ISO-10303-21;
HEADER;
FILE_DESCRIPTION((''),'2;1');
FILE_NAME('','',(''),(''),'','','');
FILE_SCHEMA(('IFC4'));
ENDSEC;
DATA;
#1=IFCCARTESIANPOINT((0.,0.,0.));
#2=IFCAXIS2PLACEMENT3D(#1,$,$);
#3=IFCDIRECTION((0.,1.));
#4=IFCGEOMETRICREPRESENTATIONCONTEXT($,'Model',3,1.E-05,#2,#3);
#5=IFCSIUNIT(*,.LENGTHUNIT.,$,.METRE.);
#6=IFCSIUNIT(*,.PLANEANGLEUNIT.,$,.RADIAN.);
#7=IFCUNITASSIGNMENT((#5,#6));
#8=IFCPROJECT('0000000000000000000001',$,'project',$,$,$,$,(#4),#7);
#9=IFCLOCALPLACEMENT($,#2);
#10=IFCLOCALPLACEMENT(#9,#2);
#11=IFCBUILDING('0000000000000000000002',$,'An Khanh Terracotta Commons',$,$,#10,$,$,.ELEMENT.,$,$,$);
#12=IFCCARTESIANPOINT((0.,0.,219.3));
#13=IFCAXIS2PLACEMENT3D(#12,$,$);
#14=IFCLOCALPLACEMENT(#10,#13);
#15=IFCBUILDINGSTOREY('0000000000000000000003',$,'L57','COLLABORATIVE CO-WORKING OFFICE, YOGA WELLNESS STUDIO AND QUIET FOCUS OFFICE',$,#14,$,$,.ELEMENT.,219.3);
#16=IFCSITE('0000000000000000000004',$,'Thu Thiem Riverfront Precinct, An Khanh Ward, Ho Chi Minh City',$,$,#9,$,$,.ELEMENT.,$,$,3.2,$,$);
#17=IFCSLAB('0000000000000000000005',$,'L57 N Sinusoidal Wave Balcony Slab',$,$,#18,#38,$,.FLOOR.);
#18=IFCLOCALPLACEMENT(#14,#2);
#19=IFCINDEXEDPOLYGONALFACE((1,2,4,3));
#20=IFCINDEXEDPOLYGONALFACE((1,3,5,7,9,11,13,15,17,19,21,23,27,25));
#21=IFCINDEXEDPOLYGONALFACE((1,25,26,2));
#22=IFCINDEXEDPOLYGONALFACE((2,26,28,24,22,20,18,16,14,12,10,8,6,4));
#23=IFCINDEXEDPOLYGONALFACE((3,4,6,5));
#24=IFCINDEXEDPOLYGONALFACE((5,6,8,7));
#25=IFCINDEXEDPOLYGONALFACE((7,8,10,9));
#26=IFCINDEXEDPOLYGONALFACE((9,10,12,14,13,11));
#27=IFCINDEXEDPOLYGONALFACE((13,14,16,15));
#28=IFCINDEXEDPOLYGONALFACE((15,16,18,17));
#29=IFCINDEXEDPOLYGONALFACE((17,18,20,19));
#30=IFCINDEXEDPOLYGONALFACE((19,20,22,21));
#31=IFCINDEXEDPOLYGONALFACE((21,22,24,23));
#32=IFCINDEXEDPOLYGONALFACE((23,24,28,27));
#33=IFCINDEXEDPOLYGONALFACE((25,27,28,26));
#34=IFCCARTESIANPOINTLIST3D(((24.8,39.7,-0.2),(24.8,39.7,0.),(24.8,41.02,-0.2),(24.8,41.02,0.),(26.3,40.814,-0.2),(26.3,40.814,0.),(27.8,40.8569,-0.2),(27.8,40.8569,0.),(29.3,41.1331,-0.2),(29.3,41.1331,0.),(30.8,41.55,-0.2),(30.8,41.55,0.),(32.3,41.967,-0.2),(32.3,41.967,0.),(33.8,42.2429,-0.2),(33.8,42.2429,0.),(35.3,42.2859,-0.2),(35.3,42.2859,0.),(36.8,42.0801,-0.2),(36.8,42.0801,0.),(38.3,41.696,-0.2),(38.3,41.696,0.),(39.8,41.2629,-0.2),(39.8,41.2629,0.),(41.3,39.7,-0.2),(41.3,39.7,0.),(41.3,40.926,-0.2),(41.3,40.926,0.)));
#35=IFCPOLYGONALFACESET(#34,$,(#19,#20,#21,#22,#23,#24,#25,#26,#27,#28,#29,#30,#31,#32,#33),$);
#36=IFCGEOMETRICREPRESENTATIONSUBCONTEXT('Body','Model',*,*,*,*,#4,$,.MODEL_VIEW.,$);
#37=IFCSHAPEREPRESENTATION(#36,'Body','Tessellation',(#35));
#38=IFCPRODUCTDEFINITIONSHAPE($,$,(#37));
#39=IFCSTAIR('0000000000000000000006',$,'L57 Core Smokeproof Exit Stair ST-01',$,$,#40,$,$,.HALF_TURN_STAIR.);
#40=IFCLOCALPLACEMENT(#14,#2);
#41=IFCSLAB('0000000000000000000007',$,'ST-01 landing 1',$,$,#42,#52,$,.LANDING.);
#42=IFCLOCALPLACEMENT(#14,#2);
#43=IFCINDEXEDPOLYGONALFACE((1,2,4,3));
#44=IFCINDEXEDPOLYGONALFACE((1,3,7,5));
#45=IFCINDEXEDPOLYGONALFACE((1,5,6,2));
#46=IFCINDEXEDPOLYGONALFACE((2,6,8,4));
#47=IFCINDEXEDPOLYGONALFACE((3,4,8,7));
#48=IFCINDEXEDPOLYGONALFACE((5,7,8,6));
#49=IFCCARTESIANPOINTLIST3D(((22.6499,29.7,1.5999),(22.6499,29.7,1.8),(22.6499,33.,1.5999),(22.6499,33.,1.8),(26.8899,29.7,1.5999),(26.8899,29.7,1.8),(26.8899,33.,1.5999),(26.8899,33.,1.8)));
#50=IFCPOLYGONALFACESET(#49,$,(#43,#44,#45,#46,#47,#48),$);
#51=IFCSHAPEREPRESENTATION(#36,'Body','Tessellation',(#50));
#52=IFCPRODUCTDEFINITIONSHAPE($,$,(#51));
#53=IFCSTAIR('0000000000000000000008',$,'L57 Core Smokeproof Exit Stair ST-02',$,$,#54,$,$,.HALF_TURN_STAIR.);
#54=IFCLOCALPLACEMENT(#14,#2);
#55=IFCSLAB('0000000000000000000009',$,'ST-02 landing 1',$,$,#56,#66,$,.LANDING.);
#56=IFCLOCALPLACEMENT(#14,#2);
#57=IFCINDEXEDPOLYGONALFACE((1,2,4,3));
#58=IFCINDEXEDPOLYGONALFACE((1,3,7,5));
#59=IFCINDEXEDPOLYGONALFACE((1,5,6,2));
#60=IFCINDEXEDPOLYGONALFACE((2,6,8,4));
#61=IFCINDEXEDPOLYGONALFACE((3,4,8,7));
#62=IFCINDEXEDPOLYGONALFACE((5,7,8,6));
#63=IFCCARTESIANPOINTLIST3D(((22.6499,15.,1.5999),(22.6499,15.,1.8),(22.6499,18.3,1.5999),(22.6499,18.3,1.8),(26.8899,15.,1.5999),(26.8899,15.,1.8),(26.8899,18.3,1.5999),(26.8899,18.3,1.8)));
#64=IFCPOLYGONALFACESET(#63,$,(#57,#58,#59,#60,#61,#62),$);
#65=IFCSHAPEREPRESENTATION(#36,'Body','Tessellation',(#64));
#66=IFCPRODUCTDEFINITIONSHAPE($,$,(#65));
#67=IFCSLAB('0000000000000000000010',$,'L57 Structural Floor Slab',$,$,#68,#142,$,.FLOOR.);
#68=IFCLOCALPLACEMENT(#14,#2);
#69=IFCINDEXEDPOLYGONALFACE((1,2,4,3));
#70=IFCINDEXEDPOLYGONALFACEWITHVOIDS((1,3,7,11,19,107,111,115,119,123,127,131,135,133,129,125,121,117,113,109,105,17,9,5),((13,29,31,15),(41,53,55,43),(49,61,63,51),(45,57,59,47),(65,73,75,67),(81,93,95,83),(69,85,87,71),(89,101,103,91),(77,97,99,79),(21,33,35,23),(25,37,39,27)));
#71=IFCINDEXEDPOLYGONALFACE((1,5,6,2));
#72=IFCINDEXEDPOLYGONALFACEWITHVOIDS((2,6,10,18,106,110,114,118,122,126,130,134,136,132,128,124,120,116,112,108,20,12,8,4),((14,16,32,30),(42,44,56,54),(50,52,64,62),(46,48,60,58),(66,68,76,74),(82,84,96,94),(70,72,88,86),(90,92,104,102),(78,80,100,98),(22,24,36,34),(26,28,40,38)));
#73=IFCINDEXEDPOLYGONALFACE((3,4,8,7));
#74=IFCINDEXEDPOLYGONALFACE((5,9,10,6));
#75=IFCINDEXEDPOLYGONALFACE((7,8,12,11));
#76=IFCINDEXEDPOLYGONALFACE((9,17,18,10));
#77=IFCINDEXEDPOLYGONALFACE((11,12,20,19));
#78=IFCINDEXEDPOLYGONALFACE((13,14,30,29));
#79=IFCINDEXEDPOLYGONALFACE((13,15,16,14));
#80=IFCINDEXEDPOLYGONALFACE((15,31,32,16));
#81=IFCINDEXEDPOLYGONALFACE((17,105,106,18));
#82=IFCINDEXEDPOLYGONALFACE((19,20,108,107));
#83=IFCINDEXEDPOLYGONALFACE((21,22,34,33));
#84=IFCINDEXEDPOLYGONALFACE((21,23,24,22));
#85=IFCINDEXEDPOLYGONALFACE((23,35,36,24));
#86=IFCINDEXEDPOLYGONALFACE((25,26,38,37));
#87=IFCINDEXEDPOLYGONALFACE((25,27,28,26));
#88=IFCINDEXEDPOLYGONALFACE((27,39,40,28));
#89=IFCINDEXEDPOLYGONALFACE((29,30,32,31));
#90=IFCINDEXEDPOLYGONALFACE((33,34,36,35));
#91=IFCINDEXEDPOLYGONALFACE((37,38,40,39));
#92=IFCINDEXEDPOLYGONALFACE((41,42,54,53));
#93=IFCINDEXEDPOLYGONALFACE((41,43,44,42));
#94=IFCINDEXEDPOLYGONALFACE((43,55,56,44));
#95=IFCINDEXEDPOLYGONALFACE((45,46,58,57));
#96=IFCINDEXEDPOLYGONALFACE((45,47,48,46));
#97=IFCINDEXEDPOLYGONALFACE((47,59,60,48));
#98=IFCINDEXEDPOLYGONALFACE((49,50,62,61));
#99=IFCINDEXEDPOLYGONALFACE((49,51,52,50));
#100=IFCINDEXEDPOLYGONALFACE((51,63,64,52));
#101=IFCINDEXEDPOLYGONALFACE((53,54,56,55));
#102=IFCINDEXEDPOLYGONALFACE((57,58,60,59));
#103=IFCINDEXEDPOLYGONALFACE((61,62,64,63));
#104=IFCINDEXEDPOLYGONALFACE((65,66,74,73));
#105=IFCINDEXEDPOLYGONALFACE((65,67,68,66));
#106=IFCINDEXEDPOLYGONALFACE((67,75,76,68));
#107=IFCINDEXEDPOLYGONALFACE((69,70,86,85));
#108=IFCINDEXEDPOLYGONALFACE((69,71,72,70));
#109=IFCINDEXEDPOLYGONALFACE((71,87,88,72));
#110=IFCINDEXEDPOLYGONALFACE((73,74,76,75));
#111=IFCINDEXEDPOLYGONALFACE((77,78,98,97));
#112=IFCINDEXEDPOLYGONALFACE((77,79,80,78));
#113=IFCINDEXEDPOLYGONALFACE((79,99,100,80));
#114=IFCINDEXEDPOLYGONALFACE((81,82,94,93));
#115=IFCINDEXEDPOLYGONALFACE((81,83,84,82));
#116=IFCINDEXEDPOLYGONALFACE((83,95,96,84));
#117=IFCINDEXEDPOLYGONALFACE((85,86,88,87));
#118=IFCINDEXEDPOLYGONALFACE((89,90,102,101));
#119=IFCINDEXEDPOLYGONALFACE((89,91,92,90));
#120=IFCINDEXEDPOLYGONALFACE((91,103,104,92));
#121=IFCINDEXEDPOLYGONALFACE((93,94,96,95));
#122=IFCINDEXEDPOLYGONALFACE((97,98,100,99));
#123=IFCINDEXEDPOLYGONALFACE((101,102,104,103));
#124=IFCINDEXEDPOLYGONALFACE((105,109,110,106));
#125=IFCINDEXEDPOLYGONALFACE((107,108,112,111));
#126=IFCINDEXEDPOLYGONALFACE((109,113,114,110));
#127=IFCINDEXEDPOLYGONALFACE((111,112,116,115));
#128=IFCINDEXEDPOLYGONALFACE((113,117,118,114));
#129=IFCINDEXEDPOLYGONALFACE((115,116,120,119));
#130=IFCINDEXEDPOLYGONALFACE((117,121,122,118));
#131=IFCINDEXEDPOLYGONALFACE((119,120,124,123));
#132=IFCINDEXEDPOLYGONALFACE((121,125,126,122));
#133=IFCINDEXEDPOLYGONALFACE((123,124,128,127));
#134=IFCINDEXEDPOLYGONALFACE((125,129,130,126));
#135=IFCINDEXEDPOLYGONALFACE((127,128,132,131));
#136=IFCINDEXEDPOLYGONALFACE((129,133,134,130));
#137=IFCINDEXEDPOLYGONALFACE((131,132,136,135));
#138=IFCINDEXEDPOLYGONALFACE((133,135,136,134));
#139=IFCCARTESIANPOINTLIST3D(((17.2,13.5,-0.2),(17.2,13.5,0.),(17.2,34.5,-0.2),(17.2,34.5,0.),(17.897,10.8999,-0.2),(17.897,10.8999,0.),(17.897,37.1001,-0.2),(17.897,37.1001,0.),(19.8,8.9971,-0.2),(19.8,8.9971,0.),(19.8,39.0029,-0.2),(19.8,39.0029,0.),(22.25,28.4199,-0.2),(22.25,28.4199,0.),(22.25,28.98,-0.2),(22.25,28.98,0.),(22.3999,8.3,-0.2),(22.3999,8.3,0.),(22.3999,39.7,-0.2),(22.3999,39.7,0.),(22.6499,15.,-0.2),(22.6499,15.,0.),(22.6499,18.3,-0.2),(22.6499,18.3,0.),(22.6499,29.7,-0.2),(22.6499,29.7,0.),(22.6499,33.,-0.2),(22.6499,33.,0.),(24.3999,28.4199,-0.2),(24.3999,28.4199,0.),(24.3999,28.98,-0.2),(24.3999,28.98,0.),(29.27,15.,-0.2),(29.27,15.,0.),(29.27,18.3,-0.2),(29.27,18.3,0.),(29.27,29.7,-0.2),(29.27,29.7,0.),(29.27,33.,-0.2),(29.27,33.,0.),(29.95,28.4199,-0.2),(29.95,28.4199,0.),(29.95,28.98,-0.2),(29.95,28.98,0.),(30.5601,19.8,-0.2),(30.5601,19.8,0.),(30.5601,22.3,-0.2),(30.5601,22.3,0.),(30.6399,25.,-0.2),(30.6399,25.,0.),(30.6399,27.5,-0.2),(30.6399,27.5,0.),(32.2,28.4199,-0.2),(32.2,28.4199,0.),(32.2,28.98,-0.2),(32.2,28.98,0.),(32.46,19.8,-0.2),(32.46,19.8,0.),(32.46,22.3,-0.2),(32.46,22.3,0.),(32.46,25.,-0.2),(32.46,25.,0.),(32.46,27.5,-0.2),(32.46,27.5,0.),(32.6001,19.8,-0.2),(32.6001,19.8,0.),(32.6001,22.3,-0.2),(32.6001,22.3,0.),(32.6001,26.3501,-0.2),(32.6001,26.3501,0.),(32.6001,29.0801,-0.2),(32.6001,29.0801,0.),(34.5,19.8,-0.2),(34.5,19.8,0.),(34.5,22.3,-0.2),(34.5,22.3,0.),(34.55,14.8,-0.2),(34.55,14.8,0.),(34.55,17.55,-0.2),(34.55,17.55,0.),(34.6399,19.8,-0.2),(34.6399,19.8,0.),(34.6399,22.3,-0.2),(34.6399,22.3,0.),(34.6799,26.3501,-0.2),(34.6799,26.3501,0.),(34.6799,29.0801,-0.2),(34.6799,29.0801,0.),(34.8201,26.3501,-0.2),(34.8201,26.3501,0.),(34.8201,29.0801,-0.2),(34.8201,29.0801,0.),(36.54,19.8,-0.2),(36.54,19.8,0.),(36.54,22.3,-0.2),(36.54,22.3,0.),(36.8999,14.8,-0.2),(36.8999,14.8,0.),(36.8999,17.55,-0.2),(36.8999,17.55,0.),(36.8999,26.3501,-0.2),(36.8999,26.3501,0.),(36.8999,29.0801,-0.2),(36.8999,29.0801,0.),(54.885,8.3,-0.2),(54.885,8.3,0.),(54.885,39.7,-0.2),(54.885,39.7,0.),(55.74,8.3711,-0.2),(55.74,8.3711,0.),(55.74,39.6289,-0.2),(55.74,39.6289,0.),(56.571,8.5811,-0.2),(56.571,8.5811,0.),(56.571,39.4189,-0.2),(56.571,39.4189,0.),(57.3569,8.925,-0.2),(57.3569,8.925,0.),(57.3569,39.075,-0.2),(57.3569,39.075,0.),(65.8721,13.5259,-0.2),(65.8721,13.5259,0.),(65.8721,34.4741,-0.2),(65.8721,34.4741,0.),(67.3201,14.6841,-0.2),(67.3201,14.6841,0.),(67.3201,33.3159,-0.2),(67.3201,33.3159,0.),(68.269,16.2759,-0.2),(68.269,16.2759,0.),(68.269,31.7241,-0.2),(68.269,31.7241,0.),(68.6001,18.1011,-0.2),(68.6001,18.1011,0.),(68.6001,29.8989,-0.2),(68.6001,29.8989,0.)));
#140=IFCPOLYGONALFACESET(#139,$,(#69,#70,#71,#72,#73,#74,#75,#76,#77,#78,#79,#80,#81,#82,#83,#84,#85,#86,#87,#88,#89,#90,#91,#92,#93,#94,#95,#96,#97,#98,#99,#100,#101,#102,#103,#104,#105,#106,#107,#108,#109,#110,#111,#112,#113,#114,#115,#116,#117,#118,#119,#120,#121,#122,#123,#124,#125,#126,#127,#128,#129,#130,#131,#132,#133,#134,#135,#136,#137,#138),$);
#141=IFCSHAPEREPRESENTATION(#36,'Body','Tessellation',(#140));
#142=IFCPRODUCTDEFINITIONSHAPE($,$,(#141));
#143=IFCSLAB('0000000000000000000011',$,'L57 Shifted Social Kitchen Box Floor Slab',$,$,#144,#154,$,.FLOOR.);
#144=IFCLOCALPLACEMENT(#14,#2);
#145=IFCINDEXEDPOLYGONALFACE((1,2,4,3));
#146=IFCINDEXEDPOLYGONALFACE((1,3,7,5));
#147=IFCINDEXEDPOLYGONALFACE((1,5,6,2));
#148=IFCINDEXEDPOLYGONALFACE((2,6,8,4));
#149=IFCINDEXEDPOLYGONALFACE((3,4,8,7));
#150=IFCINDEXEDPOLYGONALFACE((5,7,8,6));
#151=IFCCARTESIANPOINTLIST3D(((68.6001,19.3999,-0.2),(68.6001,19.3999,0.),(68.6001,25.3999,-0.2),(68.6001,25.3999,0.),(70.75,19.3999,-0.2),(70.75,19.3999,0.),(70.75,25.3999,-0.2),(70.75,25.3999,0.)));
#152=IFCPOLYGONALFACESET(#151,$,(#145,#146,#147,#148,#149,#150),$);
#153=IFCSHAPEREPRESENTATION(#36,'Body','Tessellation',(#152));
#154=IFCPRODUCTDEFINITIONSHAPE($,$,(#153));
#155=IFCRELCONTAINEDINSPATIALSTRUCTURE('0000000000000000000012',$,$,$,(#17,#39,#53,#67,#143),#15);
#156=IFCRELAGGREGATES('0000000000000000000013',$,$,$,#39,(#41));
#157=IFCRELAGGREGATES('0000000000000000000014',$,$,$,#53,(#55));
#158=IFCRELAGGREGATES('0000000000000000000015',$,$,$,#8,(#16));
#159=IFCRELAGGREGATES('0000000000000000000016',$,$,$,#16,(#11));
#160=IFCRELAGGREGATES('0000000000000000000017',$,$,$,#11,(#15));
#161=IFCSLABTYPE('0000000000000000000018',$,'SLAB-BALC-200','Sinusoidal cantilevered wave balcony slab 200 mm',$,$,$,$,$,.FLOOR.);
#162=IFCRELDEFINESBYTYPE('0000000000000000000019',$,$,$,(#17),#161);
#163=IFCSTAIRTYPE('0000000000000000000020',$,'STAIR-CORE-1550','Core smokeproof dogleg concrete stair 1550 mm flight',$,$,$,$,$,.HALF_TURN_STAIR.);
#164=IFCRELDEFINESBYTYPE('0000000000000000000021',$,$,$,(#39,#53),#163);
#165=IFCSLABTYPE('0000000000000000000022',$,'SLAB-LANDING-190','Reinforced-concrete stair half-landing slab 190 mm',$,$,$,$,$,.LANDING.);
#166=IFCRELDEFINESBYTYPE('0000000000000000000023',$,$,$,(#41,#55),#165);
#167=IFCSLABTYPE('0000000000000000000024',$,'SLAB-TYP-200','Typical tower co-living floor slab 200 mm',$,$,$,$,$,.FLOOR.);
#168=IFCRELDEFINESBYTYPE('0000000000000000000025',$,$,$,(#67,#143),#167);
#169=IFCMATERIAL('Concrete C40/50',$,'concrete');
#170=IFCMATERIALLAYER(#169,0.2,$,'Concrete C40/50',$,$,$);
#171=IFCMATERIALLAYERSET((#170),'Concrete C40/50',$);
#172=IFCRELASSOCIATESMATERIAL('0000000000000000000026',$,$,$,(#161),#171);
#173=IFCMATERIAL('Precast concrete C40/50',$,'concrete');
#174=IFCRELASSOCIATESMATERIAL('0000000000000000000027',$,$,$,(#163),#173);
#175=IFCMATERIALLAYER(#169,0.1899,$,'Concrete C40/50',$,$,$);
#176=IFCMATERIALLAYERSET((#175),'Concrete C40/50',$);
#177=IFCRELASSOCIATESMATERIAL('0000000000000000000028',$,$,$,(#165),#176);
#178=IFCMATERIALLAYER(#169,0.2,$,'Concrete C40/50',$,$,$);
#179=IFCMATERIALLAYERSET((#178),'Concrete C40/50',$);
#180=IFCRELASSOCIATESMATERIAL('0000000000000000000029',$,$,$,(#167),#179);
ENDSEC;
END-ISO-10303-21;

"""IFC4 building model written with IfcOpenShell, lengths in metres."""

from ifc_helpers import new_model, si_unit, direction, frame, origin, place, context, subcontext, project, spatial, polyline, outline, extrude, material, layer, layer_set, type_object, element, aggregate, save


model = new_model("IFC4")

# Units and contexts
model_context = context("Model", 3, precision=1e-05, world=origin(), true_north=direction((0.0, 1.0)))
body_context = subcontext(model_context, "Body", "Model", "MODEL_VIEW")
ifc_project = project(units=[si_unit("LENGTHUNIT", "METRE"), si_unit("PLANEANGLEUNIT", "RADIAN")], contexts=[model_context])

# Site, building, storey
site_placement = place(None, origin())
site = spatial("IfcSite", under=ifc_project, at=site_placement, Name="Thu Thiem Riverfront Precinct, An Khanh Ward, Ho Chi Minh City", CompositionType="ELEMENT", RefElevation=3.2)
building_placement = place(site_placement, origin())
building = spatial("IfcBuilding", under=site, at=building_placement, Name="An Khanh Terracotta Commons", CompositionType="ELEMENT")
storey_placement = place(building_placement, frame((0.0, 0.0, 219.3)))
storey = spatial("IfcBuildingStorey", under=building, at=storey_placement, Name="L57", Description="COLLABORATIVE CO-WORKING OFFICE, YOGA WELLNESS STUDIO AND QUIET FOCUS OFFICE", CompositionType="ELEMENT", Elevation=219.3)

# Slab
ifc_material_1 = material(Name="Concrete C40/50", Category="concrete")
ifc_layer_1 = layer(ifc_material_1, 0.2, Name="Concrete C40/50")
ifc_layer_set_1 = layer_set([ifc_layer_1], Name="Concrete C40/50")
slab_type_1 = type_object("IfcSlabType", Name="SLAB-BALC-200", Description="Sinusoidal cantilevered wave balcony slab 200 mm", PredefinedType="FLOOR", material=ifc_layer_set_1)
slab_1_placement = place(storey_placement, frame((0.0, 0.0, -0.2)))
element("IfcSlab", 1, at=slab_1_placement, inside=storey, type_object=slab_type_1, Name="L57 N Sinusoidal Wave Balcony Slab", PredefinedType="FLOOR", context=body_context, shape_type="SweptSolid", body=[
    extrude(outline(polyline([(41.3, 39.7), (41.3, 40.926), (39.8, 41.2629), (38.3, 41.696), (36.8, 42.0801), (35.3, 42.2859), (33.8, 42.2429), (32.3, 41.967), (30.8, 41.55), (29.3, 41.1331), (27.8, 40.8569), (26.3, 40.814), (24.8, 41.02), (24.8, 39.7), (41.3, 39.7)])), origin(), (0.0, 0.0, 1.0), 0.2),
])

# Stairs, slabs
ifc_material_2 = material(Name="Precast concrete C40/50", Category="concrete")
stair_type = type_object("IfcStairType", Name="STAIR-CORE-1550", Description="Core smokeproof dogleg concrete stair 1550 mm flight", PredefinedType="HALF_TURN_STAIR", material=ifc_material_2)
stair_1_placement = place(storey_placement, origin())
stair_1 = element("IfcStair", 2, at=stair_1_placement, inside=storey, type_object=stair_type, Name="L57 Core Smokeproof Exit Stair ST-01", PredefinedType="HALF_TURN_STAIR")
ifc_layer_2 = layer(ifc_material_1, 0.1899, Name="Concrete C40/50")
ifc_layer_set_2 = layer_set([ifc_layer_2], Name="Concrete C40/50")
slab_type_2 = type_object("IfcSlabType", Name="SLAB-LANDING-190", Description="Reinforced-concrete stair half-landing slab 190 mm", PredefinedType="LANDING", material=ifc_layer_set_2)
slab_2_placement = place(storey_placement, frame((0.0, 0.0, 1.5999)))
slab_2 = element("IfcSlab", 3, at=slab_2_placement, type_object=slab_type_2, Name="ST-01 landing 1", PredefinedType="LANDING", context=body_context, shape_type="SweptSolid", body=[
    extrude(outline(polyline([(26.8899, 33.0), (22.6499, 33.0), (22.6499, 29.7), (26.8899, 29.7), (26.8899, 33.0)])), origin(), (0.0, 0.0, 1.0), 0.2002),
])
aggregate(stair_1, [slab_2])
stair_2_placement = place(storey_placement, origin())
stair_2 = element("IfcStair", 4, at=stair_2_placement, inside=storey, type_object=stair_type, Name="L57 Core Smokeproof Exit Stair ST-02", PredefinedType="HALF_TURN_STAIR")
slab_3_placement = place(storey_placement, frame((0.0, 0.0, 1.5999)))
slab_3 = element("IfcSlab", 5, at=slab_3_placement, type_object=slab_type_2, Name="ST-02 landing 1", PredefinedType="LANDING", context=body_context, shape_type="SweptSolid", body=[
    extrude(outline(polyline([(26.8899, 18.3), (22.6499, 18.3), (22.6499, 15.0), (26.8899, 15.0), (26.8899, 18.3)])), origin(), (0.0, 0.0, 1.0), 0.2002),
])
aggregate(stair_2, [slab_3])

# Slabs
ifc_layer_3 = layer(ifc_material_1, 0.2, Name="Concrete C40/50")
ifc_layer_set_3 = layer_set([ifc_layer_3], Name="Concrete C40/50")
slab_type_3 = type_object("IfcSlabType", Name="SLAB-TYP-200", Description="Typical tower co-living floor slab 200 mm", PredefinedType="FLOOR", material=ifc_layer_set_3)
slab_4_placement = place(storey_placement, frame((0.0, 0.0, -0.2)))
element("IfcSlab", 6, at=slab_4_placement, inside=storey, type_object=slab_type_3, Name="L57 Structural Floor Slab", PredefinedType="FLOOR", context=body_context, shape_type="SweptSolid", body=[
    extrude(outline(polyline([(17.2, 13.5), (17.897, 10.8999), (19.8, 8.9971), (22.3999, 8.3), (54.885, 8.3), (55.74, 8.3711), (56.571, 8.5811), (57.3569, 8.925), (65.8721, 13.5259), (67.3201, 14.6841), (68.269, 16.2759), (68.6001, 18.1011), (68.6001, 29.8989), (68.269, 31.7241), (67.3201, 33.3159), (65.8721, 34.4741), (57.3569, 39.075), (56.571, 39.4189), (55.74, 39.6289), (54.885, 39.7), (22.3999, 39.7), (19.8, 39.0029), (17.897, 37.1001), (17.2, 34.5), (17.2, 13.5)]), holes=[polyline([(22.6499, 29.7), (29.27, 29.7), (29.27, 33.0), (22.6499, 33.0), (22.6499, 29.7)]), polyline([(22.6499, 15.0), (29.27, 15.0), (29.27, 18.3), (22.6499, 18.3), (22.6499, 15.0)]), polyline([(32.6001, 26.3501), (34.6799, 26.3501), (34.6799, 29.0801), (32.6001, 29.0801), (32.6001, 26.3501)]), polyline([(34.8201, 26.3501), (36.8999, 26.3501), (36.8999, 29.0801), (34.8201, 29.0801), (34.8201, 26.3501)]), polyline([(34.55, 14.8), (36.8999, 14.8), (36.8999, 17.55), (34.55, 17.55), (34.55, 14.8)]), polyline([(30.6399, 25.0), (32.46, 25.0), (32.46, 27.5), (30.6399, 27.5), (30.6399, 25.0)]), polyline([(30.5601, 19.8), (32.46, 19.8), (32.46, 22.3), (30.5601, 22.3), (30.5601, 19.8)]), polyline([(32.6001, 19.8), (34.5, 19.8), (34.5, 22.3), (32.6001, 22.3), (32.6001, 19.8)]), polyline([(34.6399, 19.8), (36.54, 19.8), (36.54, 22.3), (34.6399, 22.3), (34.6399, 19.8)]), polyline([(22.25, 28.4199), (24.3999, 28.4199), (24.3999, 28.98), (22.25, 28.98), (22.25, 28.4199)]), polyline([(29.95, 28.4199), (32.2, 28.4199), (32.2, 28.98), (29.95, 28.98), (29.95, 28.4199)])]), origin(), (0.0, 0.0, 1.0), 0.2),
])
slab_5_placement = place(storey_placement, frame((0.0, 0.0, -0.2)))
element("IfcSlab", 7, at=slab_5_placement, inside=storey, type_object=slab_type_3, Name="L57 Shifted Social Kitchen Box Floor Slab", PredefinedType="FLOOR", context=body_context, shape_type="SweptSolid", body=[
    extrude(outline(polyline([(68.6001, 19.3999), (70.75, 19.3999), (70.75, 25.3999), (68.6001, 25.3999), (68.6001, 19.3999)])), origin(), (0.0, 0.0, 1.0), 0.2),
])

save(model, "model.ifc")
